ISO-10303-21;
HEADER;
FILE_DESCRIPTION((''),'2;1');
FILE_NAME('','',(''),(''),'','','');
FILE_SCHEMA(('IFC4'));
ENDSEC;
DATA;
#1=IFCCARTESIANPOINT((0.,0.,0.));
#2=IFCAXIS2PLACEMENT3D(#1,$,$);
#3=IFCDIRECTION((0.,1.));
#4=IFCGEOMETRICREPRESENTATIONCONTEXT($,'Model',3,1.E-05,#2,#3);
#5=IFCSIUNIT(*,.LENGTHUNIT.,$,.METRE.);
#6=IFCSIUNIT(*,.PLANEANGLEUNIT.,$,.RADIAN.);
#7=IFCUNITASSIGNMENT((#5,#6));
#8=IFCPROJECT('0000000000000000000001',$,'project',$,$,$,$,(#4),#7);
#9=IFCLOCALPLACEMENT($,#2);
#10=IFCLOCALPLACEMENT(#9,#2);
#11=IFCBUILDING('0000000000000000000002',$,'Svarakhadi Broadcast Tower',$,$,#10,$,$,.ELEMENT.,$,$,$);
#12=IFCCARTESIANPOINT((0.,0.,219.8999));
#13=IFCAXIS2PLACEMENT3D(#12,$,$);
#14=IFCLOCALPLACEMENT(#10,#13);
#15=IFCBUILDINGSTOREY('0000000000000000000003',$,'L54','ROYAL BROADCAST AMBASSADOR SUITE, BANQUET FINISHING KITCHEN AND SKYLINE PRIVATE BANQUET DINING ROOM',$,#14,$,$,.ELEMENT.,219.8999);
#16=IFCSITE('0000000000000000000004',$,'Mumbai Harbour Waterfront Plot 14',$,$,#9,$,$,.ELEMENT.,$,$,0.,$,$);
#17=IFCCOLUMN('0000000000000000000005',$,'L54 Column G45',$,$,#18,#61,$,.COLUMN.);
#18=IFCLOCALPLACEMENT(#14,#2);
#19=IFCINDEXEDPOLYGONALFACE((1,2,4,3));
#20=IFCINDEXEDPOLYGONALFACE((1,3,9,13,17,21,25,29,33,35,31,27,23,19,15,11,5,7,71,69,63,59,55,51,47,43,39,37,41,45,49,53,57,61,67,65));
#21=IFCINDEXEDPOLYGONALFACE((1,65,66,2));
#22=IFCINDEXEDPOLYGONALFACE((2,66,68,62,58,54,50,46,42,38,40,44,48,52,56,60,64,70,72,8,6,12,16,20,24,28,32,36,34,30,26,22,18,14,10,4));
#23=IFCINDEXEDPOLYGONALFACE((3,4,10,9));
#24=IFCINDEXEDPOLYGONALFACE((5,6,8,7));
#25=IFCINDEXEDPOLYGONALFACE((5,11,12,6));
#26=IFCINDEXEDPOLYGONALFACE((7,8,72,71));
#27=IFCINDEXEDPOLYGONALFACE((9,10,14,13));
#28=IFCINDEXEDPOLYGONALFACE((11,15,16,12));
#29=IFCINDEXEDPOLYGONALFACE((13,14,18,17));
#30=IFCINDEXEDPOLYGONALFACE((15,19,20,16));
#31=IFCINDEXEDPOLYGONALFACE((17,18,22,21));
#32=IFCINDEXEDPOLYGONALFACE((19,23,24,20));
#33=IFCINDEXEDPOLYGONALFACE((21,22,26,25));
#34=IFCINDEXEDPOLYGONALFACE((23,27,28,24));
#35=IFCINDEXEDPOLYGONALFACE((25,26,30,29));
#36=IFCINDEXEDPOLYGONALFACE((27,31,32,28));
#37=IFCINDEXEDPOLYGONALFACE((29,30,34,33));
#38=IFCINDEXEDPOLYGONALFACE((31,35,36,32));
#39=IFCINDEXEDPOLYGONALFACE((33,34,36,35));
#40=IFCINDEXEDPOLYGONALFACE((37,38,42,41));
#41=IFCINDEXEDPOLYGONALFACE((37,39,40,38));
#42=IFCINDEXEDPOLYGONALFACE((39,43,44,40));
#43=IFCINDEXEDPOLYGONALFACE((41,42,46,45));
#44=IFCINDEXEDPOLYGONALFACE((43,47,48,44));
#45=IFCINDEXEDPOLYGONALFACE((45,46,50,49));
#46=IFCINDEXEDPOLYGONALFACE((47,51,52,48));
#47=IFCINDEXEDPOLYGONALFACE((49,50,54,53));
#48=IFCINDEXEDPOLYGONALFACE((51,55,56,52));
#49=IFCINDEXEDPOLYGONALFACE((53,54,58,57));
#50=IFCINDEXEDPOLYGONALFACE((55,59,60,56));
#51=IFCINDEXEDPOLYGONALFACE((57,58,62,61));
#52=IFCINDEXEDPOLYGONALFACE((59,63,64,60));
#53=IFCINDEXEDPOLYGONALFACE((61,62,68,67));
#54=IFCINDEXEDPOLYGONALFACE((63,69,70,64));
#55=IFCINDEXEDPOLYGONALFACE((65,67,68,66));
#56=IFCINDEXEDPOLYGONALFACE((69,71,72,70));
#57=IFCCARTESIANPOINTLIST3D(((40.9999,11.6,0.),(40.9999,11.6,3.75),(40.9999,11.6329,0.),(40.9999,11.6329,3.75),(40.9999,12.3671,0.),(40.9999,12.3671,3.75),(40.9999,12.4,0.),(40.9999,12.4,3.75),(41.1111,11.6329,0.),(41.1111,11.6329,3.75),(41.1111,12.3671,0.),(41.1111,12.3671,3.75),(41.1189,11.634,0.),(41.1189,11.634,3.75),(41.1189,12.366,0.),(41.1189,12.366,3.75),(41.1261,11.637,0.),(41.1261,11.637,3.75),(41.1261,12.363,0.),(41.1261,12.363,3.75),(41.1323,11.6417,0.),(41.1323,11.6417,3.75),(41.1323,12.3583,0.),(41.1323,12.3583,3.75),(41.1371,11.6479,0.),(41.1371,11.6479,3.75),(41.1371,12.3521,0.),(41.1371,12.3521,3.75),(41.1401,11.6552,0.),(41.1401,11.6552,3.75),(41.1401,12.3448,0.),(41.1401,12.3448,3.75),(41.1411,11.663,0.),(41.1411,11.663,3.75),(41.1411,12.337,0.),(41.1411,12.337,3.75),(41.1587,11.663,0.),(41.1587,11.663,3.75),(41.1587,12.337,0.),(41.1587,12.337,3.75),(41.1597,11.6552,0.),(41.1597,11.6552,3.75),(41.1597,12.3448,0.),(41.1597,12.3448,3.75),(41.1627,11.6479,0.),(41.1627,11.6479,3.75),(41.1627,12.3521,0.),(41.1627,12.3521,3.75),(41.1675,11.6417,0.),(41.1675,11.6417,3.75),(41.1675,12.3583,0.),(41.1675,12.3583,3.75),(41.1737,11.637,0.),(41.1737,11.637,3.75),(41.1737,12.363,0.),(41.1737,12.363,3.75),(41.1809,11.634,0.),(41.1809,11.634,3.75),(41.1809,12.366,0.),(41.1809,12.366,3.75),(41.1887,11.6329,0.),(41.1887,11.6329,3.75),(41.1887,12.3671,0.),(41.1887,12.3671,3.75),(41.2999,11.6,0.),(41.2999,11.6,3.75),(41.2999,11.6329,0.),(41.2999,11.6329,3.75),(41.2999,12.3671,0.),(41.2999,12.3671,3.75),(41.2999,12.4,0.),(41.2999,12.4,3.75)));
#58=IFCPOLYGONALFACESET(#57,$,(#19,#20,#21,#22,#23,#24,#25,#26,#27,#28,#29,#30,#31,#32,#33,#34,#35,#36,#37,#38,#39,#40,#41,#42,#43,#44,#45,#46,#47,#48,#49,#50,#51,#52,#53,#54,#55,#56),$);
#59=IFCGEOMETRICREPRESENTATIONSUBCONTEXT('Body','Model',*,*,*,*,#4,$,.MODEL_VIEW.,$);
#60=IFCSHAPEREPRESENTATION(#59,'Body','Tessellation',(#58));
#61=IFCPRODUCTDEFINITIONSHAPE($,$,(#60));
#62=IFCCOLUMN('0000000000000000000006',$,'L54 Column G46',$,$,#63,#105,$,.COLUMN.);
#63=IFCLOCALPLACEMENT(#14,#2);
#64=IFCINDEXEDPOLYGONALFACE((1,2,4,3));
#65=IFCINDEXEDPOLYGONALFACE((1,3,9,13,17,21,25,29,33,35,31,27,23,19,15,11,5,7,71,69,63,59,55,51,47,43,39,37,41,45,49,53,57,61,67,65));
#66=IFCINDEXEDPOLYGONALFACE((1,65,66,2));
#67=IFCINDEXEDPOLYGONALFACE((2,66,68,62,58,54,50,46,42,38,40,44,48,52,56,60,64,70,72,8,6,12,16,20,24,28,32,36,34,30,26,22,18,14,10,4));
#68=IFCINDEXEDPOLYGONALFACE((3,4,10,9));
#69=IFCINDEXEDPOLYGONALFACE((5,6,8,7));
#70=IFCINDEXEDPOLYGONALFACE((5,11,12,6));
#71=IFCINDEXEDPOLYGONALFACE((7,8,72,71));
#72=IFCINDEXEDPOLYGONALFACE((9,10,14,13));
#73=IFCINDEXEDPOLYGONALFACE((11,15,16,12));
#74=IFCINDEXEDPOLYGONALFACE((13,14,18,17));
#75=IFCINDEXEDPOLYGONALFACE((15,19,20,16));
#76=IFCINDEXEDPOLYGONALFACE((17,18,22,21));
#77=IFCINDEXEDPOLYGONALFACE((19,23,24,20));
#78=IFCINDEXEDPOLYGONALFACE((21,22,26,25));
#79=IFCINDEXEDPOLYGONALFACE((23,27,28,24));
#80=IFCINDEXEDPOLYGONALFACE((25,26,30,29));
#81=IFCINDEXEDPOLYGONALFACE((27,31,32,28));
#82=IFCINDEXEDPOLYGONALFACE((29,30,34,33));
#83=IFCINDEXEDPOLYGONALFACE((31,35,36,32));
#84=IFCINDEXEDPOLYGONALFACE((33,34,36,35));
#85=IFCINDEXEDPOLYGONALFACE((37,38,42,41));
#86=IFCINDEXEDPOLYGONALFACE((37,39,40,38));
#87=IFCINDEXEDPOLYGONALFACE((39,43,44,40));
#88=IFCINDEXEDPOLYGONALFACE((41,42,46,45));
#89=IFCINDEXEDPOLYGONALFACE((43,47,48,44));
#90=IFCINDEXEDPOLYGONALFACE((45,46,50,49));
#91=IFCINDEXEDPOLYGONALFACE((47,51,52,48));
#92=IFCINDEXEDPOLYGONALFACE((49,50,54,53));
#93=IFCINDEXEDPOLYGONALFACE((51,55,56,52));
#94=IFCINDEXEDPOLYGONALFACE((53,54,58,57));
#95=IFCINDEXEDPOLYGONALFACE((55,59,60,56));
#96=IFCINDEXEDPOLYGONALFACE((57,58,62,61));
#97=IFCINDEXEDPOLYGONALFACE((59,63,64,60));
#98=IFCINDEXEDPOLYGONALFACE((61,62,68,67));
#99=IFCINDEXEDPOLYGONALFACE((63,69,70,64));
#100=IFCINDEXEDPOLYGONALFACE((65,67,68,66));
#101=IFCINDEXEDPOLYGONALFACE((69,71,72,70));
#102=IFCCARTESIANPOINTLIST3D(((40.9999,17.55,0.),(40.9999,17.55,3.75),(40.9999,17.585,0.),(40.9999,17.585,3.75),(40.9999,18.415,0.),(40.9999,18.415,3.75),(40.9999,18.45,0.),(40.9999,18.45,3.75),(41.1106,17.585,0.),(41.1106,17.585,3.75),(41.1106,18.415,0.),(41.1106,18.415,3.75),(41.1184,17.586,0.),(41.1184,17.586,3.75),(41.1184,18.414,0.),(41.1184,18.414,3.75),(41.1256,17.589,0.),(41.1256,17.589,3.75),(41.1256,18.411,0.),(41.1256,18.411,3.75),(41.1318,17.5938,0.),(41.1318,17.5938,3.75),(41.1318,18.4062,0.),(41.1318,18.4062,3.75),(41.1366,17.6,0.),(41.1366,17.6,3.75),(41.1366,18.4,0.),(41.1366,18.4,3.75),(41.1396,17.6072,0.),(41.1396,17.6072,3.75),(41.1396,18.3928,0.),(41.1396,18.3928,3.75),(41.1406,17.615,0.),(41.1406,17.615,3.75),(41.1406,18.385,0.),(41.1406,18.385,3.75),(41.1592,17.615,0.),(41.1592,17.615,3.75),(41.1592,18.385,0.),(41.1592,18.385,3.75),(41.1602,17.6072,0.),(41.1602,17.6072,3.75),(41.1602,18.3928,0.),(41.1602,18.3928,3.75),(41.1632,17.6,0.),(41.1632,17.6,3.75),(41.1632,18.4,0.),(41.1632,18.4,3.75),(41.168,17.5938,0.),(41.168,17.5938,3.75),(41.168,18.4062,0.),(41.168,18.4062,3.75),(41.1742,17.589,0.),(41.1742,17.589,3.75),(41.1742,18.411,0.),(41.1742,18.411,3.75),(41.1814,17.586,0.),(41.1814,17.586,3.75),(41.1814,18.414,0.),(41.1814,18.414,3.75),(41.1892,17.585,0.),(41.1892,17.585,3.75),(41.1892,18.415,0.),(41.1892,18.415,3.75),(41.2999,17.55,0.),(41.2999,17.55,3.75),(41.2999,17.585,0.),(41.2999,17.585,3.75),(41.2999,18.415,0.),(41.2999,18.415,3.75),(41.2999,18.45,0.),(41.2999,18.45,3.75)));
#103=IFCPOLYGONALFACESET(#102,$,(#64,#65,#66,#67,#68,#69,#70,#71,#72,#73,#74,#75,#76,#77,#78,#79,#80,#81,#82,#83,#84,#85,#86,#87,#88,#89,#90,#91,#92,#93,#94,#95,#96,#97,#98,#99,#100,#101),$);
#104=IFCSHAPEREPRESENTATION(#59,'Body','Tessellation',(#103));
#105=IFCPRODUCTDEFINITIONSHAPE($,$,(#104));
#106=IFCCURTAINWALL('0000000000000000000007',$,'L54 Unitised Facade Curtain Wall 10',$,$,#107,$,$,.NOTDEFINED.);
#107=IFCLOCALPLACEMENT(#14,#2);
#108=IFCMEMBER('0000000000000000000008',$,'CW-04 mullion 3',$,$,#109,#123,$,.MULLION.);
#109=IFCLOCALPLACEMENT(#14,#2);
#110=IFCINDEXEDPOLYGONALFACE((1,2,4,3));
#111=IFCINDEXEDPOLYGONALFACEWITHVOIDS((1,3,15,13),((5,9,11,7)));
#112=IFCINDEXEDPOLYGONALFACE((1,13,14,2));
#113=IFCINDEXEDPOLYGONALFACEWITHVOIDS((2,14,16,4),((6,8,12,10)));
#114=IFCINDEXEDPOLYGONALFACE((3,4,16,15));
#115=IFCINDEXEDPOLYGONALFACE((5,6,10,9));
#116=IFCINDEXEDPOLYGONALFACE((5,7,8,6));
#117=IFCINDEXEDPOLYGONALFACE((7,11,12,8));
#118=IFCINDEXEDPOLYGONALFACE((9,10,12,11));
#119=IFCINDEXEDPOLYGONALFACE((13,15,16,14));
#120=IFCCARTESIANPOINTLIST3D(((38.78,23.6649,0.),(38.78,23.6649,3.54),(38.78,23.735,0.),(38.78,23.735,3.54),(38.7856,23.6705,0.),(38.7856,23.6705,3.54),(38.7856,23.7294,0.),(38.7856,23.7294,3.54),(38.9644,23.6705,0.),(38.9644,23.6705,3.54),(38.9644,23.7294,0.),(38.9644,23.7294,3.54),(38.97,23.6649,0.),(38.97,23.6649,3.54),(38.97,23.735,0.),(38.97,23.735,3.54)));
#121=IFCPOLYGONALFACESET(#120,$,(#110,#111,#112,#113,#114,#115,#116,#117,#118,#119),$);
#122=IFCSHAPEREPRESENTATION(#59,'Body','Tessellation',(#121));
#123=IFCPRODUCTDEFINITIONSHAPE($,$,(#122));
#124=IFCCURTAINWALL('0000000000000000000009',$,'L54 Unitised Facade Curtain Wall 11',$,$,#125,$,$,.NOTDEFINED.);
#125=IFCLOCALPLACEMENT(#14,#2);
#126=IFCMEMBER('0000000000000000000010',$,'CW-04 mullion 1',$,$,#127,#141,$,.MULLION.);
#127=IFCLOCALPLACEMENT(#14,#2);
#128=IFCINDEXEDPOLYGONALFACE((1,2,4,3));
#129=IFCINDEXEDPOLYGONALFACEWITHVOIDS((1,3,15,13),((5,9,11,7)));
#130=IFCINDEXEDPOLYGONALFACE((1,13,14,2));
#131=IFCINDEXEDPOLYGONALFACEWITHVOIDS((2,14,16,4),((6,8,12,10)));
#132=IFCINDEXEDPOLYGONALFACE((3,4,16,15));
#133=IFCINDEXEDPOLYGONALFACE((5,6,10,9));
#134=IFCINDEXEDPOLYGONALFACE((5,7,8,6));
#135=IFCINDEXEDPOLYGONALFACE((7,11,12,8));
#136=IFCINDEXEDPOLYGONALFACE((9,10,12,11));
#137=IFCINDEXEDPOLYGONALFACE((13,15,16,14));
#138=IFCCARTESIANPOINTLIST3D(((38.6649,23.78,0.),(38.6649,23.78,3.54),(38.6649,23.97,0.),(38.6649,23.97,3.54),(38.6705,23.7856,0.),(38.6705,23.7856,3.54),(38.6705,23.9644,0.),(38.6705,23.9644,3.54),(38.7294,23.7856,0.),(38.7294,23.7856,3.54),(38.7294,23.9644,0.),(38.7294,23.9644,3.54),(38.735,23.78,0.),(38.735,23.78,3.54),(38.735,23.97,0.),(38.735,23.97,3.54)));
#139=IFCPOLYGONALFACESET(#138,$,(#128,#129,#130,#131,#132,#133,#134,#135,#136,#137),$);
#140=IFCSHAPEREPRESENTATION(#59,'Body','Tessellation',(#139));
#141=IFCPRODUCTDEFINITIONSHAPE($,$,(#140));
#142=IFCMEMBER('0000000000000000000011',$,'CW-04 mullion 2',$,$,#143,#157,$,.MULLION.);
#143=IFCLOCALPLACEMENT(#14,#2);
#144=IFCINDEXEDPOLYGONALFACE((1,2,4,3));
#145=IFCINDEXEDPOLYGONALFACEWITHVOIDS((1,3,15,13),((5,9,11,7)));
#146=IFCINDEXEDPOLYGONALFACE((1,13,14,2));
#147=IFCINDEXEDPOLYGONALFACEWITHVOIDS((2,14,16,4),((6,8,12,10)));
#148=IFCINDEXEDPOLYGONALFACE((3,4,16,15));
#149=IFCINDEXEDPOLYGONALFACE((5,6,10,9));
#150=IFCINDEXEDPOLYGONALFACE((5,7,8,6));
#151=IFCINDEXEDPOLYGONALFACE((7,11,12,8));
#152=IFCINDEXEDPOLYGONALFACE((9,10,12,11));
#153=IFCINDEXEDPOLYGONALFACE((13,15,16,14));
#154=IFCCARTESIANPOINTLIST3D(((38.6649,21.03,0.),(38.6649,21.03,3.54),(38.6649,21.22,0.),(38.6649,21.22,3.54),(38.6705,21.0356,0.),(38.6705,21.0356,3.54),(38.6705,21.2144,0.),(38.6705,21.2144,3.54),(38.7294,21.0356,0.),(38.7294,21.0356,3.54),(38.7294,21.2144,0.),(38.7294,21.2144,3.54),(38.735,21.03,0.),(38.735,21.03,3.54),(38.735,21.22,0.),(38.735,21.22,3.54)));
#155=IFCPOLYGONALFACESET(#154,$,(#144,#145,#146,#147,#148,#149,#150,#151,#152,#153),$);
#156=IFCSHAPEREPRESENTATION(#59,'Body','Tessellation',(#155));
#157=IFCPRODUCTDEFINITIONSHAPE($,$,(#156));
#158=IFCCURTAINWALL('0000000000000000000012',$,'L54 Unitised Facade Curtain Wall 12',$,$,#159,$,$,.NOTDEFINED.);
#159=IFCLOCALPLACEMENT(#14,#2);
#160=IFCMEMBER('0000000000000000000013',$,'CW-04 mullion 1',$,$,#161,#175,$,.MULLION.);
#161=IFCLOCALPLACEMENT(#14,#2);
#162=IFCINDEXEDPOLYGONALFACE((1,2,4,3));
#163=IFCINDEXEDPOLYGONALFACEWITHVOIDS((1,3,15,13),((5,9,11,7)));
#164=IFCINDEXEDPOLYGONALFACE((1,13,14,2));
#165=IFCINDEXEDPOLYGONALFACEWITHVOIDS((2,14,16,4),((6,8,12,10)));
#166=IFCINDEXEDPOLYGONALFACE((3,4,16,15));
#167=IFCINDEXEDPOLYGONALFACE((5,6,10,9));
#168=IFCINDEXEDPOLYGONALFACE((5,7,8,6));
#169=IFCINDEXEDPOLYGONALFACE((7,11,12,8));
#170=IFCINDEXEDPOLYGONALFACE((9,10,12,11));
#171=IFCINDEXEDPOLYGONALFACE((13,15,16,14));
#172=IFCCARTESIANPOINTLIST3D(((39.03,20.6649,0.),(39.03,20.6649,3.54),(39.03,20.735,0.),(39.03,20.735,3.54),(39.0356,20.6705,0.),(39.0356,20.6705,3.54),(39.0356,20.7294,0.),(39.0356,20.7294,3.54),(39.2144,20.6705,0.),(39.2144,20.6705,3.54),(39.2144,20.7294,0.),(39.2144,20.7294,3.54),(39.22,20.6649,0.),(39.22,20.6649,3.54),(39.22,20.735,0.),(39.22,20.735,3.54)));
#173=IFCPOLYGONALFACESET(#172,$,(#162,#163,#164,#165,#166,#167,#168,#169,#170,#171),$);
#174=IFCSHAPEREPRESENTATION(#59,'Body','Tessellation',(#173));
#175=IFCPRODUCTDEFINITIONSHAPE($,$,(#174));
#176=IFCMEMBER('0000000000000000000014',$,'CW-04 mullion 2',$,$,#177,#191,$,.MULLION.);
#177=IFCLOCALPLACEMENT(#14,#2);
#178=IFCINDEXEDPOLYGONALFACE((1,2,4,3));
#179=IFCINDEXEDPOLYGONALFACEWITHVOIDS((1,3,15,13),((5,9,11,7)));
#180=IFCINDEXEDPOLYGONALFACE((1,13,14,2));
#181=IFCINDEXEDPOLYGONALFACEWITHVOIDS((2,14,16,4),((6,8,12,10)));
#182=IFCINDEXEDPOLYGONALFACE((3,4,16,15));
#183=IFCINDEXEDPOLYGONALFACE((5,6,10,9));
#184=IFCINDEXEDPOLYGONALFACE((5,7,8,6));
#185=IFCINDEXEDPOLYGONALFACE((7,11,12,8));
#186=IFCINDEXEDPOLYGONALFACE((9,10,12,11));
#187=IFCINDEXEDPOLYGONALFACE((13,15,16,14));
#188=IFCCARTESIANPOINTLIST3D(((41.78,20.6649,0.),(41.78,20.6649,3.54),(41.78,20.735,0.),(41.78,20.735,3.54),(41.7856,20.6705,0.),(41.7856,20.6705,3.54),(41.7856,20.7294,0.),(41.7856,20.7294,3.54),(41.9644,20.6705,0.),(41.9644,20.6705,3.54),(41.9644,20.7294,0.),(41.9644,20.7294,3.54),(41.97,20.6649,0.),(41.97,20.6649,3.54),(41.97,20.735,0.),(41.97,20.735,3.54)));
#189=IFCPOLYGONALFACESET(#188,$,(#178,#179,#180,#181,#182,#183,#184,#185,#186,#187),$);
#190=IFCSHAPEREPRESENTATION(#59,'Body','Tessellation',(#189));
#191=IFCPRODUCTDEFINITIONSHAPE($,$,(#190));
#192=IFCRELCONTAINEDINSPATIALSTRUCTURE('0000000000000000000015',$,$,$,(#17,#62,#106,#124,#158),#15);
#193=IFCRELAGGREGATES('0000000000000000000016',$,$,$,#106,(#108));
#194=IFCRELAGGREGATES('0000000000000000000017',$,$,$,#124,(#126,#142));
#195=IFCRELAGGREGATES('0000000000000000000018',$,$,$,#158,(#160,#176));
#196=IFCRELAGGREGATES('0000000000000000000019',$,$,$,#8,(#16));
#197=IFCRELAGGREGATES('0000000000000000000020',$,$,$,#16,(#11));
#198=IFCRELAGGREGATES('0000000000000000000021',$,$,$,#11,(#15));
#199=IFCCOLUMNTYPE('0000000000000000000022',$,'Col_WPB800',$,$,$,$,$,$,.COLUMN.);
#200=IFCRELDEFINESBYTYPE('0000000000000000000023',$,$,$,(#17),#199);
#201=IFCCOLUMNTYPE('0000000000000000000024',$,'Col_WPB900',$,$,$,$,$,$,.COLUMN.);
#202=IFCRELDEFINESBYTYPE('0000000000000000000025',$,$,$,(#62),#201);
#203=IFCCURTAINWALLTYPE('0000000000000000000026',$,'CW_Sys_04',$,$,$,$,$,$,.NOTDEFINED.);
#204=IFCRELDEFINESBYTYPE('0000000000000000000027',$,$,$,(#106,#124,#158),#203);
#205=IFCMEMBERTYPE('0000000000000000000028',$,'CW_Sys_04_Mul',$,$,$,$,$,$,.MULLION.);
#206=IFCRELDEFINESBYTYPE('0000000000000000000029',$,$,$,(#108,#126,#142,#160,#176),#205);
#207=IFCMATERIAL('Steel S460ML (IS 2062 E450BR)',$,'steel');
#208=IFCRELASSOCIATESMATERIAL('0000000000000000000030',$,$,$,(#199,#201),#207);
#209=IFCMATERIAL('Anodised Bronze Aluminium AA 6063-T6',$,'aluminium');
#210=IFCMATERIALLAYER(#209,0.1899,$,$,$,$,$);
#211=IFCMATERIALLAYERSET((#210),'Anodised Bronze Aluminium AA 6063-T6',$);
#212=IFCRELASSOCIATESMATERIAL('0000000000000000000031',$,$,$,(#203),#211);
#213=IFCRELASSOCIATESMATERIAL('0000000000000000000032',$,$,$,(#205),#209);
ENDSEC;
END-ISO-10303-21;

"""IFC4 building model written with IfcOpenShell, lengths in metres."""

from ifc_helpers import new_model, si_unit, direction, frame, origin, origin_2d, place, context, subcontext, project, spatial, hollow_rectangle, i_section, extrude, material, layer, layer_set, material_profile, profile_set, type_object, element, aggregate, save


model = new_model("IFC4")

# Units and contexts
model_context = context("Model", 3, precision=1e-05, world=origin(), true_north=direction((0.0, 1.0)))
body_context = subcontext(model_context, "Body", "Model", "MODEL_VIEW")
ifc_project = project(units=[si_unit("LENGTHUNIT", "METRE"), si_unit("PLANEANGLEUNIT", "RADIAN")], contexts=[model_context])

# Site, building, storey
site_placement = place(None, origin())
site = spatial("IfcSite", under=ifc_project, at=site_placement, Name="Mumbai Harbour Waterfront Plot 14", CompositionType="ELEMENT", RefElevation=0.0)
building_placement = place(site_placement, origin())
building = spatial("IfcBuilding", under=site, at=building_placement, Name="Svarakhadi Broadcast Tower", CompositionType="ELEMENT")
storey_placement = place(building_placement, frame((0.0, 0.0, 219.8999)))
storey = spatial("IfcBuildingStorey", under=building, at=storey_placement, Name="L54", Description="ROYAL BROADCAST AMBASSADOR SUITE, BANQUET FINISHING KITCHEN AND SKYLINE PRIVATE BANQUET DINING ROOM", CompositionType="ELEMENT", Elevation=219.8999)

# Columns
ifc_material_1 = material(Name="Steel S460ML (IS 2062 E450BR)", Category="steel")
ifc_material_profile_1 = material_profile(ifc_material_1, i_section(OverallWidth=0.3, OverallDepth=0.8, WebThickness=0.0176, FlangeThickness=0.033, FilletRadius=0.03, at=origin_2d()), Name="WPB 800x300x262")
ifc_profile_set_1 = profile_set([ifc_material_profile_1], Name="Steel S460ML (IS 2062 E450BR)")
column_type_1 = type_object("IfcColumnType", Name="Col_WPB800", PredefinedType="COLUMN", material=ifc_profile_set_1)
column_1_placement = place(storey_placement, frame((41.1499, 12.0, 0.0), z_axis=(0.0, 0.0, 1.0), x_axis=(1.0, 0.0, 0.0)))
element("IfcColumn", 1, at=column_1_placement, inside=storey, type_object=column_type_1, Name="L54 Column G45", PredefinedType="COLUMN", context=body_context, shape_type="SweptSolid", body=[
    extrude(i_section(OverallWidth=0.3, OverallDepth=0.8, WebThickness=0.0176, FlangeThickness=0.033, FilletRadius=0.03, at=origin_2d()), origin(), (0.0, 0.0, 1.0), 3.75),
])
ifc_material_profile_2 = material_profile(ifc_material_1, i_section(OverallWidth=0.3, OverallDepth=0.8999, WebThickness=0.0186, FlangeThickness=0.0349, FilletRadius=0.03, at=origin_2d()), Name="WPB 900x300x291")
ifc_profile_set_2 = profile_set([ifc_material_profile_2], Name="Steel S460ML (IS 2062 E450BR)")
column_type_2 = type_object("IfcColumnType", Name="Col_WPB900", PredefinedType="COLUMN", material=ifc_profile_set_2)
column_2_placement = place(storey_placement, frame((41.1499, 18.0, 0.0), z_axis=(0.0, 0.0, 1.0), x_axis=(1.0, 0.0, 0.0)))
element("IfcColumn", 2, at=column_2_placement, inside=storey, type_object=column_type_2, Name="L54 Column G46", PredefinedType="COLUMN", context=body_context, shape_type="SweptSolid", body=[
    extrude(i_section(OverallWidth=0.3, OverallDepth=0.8999, WebThickness=0.0186, FlangeThickness=0.0349, FilletRadius=0.03, at=origin_2d()), origin(), (0.0, 0.0, 1.0), 3.75),
])

# Curtain wall, member
ifc_material_2 = material(Name="Anodised Bronze Aluminium AA 6063-T6", Category="aluminium")
ifc_layer_1 = layer(ifc_material_2, 0.1899)
ifc_layer_set_1 = layer_set([ifc_layer_1], Name="Anodised Bronze Aluminium AA 6063-T6")
curtain_wall_type = type_object("IfcCurtainWallType", Name="CW_Sys_04", PredefinedType="NOTDEFINED", material=ifc_layer_set_1)
curtain_wall_1_placement = place(storey_placement, origin())
curtain_wall_1 = element("IfcCurtainWall", 3, at=curtain_wall_1_placement, inside=storey, type_object=curtain_wall_type, Name="L54 Unitised Facade Curtain Wall 10", PredefinedType="NOTDEFINED")
ifc_material_profile_3 = material_profile(ifc_material_2, hollow_rectangle(XDim=0.0701, YDim=0.1899, WallThickness=0.0056, at=origin_2d()), Name="ALU MULLION 190x70x6")
ifc_profile_set_3 = profile_set([ifc_material_profile_3], Name="Anodised Bronze Aluminium AA 6063-T6")
member_type_1 = type_object("IfcMemberType", Name="CW_Sys_04_Mul", PredefinedType="MULLION", material=ifc_profile_set_3)
member_1_placement = place(storey_placement, frame((38.875, 23.7, 0.0), z_axis=(0.0, 0.0, 1.0), x_axis=(0.0, 1.0, 0.0)))
member_1 = element("IfcMember", 4, at=member_1_placement, type_object=member_type_1, Name="CW-04 mullion 3", PredefinedType="MULLION", context=body_context, shape_type="SweptSolid", body=[
    extrude(hollow_rectangle(XDim=0.0701, YDim=0.1899, WallThickness=0.0056, at=origin_2d()), origin(), (0.0, 0.0, 1.0), 3.54),
])
aggregate(curtain_wall_1, [member_1])

# Curtain walls, members
curtain_wall_2_placement = place(storey_placement, origin())
curtain_wall_2 = element("IfcCurtainWall", 5, at=curtain_wall_2_placement, inside=storey, type_object=curtain_wall_type, Name="L54 Unitised Facade Curtain Wall 11", PredefinedType="NOTDEFINED")
member_2_placement = place(storey_placement, frame((38.7, 23.875, 0.0), z_axis=(0.0, 0.0, 1.0), x_axis=(1.0, 0.0, 0.0)))
member_2 = element("IfcMember", 6, at=member_2_placement, type_object=member_type_1, Name="CW-04 mullion 1", PredefinedType="MULLION", context=body_context, shape_type="SweptSolid", body=[
    extrude(hollow_rectangle(XDim=0.0701, YDim=0.1899, WallThickness=0.0056, at=origin_2d()), origin(), (0.0, 0.0, 1.0), 3.54),
])
member_3_placement = place(storey_placement, frame((38.7, 21.125, 0.0), z_axis=(0.0, 0.0, 1.0), x_axis=(1.0, 0.0, 0.0)))
member_3 = element("IfcMember", 7, at=member_3_placement, type_object=member_type_1, Name="CW-04 mullion 2", PredefinedType="MULLION", context=body_context, shape_type="SweptSolid", body=[
    extrude(hollow_rectangle(XDim=0.0701, YDim=0.1899, WallThickness=0.0056, at=origin_2d()), origin(), (0.0, 0.0, 1.0), 3.54),
])
curtain_wall_3_placement = place(storey_placement, origin())
curtain_wall_3 = element("IfcCurtainWall", 8, at=curtain_wall_3_placement, inside=storey, type_object=curtain_wall_type, Name="L54 Unitised Facade Curtain Wall 12", PredefinedType="NOTDEFINED")
member_4_placement = place(storey_placement, frame((39.125, 20.7, 0.0), z_axis=(0.0, 0.0, 1.0), x_axis=(0.0, 1.0, 0.0)))
member_4 = element("IfcMember", 9, at=member_4_placement, type_object=member_type_1, Name="CW-04 mullion 1", PredefinedType="MULLION", context=body_context, shape_type="SweptSolid", body=[
    extrude(hollow_rectangle(XDim=0.0701, YDim=0.1899, WallThickness=0.0056, at=origin_2d()), origin(), (0.0, 0.0, 1.0), 3.54),
])
member_5_placement = place(storey_placement, frame((41.875, 20.7, 0.0), z_axis=(0.0, 0.0, 1.0), x_axis=(0.0, 1.0, 0.0)))
member_5 = element("IfcMember", 10, at=member_5_placement, type_object=member_type_1, Name="CW-04 mullion 2", PredefinedType="MULLION", context=body_context, shape_type="SweptSolid", body=[
    extrude(hollow_rectangle(XDim=0.0701, YDim=0.1899, WallThickness=0.0056, at=origin_2d()), origin(), (0.0, 0.0, 1.0), 3.54),
])

aggregate(curtain_wall_2, [member_2, member_3])
aggregate(curtain_wall_3, [member_4, member_5])

save(model, "model.ifc")
